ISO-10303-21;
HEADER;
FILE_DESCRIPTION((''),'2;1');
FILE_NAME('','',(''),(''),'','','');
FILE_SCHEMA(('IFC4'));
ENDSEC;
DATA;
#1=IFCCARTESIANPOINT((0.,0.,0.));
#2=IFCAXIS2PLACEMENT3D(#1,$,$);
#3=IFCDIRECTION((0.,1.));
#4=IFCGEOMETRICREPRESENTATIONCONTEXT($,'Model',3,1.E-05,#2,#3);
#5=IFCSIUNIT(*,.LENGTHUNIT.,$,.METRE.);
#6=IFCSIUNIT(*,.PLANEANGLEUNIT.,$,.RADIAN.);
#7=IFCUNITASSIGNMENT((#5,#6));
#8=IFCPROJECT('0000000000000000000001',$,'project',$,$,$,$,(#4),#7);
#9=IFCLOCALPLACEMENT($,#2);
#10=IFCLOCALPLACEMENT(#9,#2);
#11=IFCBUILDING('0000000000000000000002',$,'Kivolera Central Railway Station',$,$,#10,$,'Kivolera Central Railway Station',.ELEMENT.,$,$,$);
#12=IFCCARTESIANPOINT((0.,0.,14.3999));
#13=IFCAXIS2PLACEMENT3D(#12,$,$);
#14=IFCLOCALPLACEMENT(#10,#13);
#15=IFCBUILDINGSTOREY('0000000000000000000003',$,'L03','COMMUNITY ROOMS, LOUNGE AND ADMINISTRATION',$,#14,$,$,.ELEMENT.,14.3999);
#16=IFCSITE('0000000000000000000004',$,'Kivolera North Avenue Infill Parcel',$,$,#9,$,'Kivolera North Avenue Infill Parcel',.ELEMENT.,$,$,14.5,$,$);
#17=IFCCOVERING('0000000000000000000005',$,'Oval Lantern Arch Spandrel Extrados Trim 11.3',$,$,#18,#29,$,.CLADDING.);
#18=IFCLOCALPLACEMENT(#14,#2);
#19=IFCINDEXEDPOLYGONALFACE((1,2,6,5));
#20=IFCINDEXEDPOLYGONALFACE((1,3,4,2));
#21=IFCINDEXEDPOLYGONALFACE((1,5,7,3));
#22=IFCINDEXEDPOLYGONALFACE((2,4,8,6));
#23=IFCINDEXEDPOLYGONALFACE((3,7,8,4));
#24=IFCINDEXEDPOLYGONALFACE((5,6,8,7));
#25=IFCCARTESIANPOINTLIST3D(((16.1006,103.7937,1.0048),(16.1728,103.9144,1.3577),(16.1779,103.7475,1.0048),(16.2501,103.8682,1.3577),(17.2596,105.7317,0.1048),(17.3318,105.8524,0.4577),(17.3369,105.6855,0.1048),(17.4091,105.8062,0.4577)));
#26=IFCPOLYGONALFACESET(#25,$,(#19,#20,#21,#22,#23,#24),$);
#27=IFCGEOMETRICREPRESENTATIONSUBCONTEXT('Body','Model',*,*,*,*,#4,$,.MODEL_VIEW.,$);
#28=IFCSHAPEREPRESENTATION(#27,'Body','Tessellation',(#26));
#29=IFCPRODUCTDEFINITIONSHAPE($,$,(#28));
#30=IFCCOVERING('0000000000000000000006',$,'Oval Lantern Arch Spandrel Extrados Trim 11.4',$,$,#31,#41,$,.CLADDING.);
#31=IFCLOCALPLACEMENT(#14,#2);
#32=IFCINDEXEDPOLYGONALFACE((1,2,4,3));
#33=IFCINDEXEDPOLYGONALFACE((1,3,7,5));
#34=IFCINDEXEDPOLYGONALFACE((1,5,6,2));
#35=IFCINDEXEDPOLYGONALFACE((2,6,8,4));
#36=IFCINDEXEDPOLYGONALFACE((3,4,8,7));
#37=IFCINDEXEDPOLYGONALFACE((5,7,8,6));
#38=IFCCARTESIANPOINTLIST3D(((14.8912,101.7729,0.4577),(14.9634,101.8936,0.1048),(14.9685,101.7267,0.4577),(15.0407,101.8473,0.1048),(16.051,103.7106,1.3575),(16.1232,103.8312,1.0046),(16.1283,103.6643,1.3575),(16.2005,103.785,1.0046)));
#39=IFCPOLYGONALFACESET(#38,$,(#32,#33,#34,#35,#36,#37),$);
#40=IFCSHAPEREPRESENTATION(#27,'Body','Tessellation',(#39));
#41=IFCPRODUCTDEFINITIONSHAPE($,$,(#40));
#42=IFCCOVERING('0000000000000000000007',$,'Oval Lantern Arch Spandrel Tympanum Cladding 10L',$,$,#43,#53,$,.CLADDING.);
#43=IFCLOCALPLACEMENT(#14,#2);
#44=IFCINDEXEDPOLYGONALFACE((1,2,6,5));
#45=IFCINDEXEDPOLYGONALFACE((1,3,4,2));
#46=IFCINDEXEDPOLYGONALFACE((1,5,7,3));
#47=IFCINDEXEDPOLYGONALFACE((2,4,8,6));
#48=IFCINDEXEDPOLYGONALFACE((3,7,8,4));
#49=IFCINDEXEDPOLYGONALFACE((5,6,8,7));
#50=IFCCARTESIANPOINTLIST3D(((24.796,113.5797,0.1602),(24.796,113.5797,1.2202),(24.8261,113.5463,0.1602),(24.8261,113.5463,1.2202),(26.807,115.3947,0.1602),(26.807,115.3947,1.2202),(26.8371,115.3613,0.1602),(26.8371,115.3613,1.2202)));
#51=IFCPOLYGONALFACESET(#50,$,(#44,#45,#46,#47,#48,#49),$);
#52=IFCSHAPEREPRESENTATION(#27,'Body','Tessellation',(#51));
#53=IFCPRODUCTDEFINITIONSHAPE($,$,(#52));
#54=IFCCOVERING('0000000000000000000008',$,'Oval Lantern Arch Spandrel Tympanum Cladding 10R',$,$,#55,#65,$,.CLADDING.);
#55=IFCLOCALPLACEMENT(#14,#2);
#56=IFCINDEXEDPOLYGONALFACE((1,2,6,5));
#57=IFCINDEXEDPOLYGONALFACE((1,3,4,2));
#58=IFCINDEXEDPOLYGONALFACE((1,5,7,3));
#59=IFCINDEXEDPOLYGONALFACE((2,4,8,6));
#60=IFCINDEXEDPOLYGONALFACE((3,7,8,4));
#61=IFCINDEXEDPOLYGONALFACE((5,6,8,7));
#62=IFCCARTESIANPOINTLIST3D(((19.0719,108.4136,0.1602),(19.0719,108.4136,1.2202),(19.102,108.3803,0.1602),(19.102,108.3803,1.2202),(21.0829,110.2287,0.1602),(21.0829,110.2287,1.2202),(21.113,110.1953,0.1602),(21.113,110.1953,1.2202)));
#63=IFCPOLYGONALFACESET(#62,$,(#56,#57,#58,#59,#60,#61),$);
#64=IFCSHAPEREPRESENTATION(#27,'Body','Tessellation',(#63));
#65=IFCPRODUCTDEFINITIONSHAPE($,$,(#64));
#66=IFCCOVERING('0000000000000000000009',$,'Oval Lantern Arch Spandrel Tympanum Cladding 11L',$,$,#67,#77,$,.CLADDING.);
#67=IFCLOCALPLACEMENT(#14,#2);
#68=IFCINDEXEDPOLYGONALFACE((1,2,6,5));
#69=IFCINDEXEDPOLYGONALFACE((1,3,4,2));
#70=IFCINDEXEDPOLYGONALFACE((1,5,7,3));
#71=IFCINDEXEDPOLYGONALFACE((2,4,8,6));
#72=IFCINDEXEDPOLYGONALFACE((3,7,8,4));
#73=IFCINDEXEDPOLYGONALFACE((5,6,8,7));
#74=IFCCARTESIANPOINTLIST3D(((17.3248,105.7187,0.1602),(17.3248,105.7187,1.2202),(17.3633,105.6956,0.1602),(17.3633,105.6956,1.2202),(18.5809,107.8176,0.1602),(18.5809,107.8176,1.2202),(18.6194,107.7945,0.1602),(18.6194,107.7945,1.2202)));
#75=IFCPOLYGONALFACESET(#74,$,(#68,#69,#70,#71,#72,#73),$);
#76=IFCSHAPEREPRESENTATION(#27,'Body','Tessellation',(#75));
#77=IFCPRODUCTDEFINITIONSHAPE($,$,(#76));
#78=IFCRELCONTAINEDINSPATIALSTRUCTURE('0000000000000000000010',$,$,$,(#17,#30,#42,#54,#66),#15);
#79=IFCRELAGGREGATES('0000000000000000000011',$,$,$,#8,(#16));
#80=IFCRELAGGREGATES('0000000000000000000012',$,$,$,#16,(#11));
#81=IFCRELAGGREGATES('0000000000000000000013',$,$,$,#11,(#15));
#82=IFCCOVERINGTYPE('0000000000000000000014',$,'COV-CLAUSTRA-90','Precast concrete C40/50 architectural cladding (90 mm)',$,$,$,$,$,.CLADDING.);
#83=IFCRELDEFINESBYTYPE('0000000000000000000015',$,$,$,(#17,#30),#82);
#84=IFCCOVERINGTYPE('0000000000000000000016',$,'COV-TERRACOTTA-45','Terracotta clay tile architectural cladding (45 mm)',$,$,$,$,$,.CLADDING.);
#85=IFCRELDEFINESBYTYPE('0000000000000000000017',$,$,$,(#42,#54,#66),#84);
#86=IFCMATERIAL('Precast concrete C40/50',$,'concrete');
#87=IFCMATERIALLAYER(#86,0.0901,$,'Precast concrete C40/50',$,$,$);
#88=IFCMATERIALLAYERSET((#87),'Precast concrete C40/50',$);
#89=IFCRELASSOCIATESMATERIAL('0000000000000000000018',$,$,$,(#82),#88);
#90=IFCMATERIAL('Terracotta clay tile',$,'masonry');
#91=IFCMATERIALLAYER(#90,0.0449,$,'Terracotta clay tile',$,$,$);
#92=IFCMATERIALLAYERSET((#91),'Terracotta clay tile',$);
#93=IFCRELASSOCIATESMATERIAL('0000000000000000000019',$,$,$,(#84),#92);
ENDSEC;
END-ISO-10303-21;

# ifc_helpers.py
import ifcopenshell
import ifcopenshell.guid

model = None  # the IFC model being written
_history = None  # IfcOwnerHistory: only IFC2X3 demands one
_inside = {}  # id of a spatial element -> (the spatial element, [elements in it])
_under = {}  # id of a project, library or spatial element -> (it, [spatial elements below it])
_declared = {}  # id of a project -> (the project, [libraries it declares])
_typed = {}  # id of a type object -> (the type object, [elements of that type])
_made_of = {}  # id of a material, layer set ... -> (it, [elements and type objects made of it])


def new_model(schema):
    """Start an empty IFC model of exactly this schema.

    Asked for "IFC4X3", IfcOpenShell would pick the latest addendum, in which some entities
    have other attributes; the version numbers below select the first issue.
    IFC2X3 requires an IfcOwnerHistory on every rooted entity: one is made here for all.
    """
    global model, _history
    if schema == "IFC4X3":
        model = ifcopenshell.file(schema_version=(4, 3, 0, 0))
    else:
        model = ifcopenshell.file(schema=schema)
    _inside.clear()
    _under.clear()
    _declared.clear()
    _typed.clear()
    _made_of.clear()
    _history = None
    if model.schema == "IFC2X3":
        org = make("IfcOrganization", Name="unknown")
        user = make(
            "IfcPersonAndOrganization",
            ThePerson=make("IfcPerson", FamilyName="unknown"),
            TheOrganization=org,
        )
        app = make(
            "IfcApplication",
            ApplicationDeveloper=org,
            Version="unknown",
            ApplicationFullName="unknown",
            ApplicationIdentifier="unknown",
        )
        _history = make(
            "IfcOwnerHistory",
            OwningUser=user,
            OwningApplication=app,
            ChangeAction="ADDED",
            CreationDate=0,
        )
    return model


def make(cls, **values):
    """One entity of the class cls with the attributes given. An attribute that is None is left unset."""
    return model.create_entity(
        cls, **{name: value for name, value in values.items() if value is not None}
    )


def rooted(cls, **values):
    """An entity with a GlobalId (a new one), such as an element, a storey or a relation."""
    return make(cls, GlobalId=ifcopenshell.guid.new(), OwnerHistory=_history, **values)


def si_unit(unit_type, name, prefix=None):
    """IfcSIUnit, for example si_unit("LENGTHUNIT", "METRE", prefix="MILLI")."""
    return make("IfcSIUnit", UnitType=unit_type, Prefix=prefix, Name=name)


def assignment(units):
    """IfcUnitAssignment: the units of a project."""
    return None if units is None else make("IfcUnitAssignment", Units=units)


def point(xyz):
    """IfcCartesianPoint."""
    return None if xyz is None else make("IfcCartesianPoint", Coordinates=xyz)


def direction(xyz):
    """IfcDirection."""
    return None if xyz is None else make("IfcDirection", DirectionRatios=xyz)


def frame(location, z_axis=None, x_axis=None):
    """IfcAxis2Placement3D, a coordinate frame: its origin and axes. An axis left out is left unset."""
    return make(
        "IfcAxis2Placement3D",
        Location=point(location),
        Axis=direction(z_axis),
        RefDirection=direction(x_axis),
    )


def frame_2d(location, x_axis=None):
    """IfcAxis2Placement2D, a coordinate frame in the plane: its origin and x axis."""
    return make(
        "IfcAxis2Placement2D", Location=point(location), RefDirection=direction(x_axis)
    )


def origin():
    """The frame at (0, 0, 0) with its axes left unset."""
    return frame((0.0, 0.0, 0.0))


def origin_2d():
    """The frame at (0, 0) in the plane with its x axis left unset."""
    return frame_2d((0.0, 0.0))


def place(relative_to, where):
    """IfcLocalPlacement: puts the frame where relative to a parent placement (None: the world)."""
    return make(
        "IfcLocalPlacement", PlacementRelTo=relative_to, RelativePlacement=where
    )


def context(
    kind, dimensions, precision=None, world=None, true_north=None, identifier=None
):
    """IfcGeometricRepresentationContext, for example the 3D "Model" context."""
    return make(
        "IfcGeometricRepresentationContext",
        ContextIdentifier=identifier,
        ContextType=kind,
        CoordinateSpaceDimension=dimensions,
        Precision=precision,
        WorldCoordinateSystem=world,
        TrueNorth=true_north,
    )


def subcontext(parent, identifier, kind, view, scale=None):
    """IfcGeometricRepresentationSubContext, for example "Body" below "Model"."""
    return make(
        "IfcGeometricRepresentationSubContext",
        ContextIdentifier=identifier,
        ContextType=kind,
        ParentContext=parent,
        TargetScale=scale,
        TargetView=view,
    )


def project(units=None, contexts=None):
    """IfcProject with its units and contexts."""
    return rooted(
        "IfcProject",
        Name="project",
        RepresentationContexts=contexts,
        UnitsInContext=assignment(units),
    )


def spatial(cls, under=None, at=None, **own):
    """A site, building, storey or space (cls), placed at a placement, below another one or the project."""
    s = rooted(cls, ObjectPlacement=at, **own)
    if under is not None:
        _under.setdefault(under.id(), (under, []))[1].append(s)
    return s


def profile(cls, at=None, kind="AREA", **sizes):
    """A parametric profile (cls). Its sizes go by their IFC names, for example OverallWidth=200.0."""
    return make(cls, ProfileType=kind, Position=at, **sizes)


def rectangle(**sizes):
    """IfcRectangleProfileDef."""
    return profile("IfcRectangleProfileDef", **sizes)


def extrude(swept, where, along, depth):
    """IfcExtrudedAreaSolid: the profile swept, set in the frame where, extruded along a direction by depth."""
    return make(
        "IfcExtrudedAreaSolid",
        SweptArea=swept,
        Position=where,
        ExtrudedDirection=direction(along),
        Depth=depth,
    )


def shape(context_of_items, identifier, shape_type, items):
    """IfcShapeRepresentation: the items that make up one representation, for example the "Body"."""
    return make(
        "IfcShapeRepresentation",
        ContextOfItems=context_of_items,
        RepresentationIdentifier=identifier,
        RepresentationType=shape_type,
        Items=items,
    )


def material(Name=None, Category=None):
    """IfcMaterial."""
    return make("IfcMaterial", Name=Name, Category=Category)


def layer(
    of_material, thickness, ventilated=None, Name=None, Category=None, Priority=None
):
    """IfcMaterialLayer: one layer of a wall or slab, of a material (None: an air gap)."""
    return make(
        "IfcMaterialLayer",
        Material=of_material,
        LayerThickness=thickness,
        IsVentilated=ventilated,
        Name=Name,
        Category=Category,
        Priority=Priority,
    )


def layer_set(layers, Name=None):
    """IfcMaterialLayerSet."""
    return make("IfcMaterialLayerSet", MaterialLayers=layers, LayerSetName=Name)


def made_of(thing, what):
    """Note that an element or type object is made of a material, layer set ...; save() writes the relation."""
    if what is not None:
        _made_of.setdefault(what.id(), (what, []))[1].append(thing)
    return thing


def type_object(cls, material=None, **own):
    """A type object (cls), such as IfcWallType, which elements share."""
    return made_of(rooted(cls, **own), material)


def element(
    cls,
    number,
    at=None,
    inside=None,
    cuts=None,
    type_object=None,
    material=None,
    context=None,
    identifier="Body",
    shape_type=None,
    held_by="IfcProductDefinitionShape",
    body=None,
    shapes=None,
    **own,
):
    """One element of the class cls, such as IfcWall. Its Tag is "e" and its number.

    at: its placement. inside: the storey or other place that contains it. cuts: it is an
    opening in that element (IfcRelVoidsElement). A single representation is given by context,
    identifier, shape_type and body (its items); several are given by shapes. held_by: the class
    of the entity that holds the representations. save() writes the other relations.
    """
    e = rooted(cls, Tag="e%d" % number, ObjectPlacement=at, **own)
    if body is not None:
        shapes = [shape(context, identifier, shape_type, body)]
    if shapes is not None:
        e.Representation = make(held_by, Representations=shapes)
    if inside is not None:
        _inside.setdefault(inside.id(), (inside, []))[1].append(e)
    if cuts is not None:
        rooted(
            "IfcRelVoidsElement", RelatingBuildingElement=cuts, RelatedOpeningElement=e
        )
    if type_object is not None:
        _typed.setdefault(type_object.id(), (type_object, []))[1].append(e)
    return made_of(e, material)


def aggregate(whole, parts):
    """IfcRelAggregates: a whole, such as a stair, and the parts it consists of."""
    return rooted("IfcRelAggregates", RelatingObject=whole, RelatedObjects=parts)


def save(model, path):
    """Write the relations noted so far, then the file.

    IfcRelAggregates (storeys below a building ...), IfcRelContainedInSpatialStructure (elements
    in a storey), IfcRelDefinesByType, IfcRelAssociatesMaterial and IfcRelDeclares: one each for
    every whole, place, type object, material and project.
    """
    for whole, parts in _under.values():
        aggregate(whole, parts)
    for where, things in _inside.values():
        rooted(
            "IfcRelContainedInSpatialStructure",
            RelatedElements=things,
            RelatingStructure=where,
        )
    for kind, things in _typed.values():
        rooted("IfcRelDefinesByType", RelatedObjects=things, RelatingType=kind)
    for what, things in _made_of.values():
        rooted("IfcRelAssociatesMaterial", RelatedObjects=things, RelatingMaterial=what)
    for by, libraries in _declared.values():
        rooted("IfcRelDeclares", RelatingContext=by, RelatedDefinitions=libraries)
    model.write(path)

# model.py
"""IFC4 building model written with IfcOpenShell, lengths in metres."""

from ifc_helpers import new_model, si_unit, direction, frame, frame_2d, origin, origin_2d, place, context, subcontext, project, spatial, rectangle, extrude, material, layer, layer_set, type_object, element, save


model = new_model("IFC4")

# Units and contexts
model_context = context("Model", 3, precision=1e-05, world=origin(), true_north=direction((0.0, 1.0)))
body_context = subcontext(model_context, "Body", "Model", "MODEL_VIEW")
ifc_project = project(units=[si_unit("LENGTHUNIT", "METRE"), si_unit("PLANEANGLEUNIT", "RADIAN")], contexts=[model_context])

# Site, building, storey
site_placement = place(None, origin())
site = spatial("IfcSite", under=ifc_project, at=site_placement, Name="Kivolera North Avenue Infill Parcel", LongName="Kivolera North Avenue Infill Parcel", CompositionType="ELEMENT", RefElevation=14.5)
building_placement = place(site_placement, origin())
building = spatial("IfcBuilding", under=site, at=building_placement, Name="Kivolera Central Railway Station", LongName="Kivolera Central Railway Station", CompositionType="ELEMENT")
storey_placement = place(building_placement, frame((0.0, 0.0, 14.3999)))
storey = spatial("IfcBuildingStorey", under=building, at=storey_placement, Name="L03", Description="COMMUNITY ROOMS, LOUNGE AND ADMINISTRATION", CompositionType="ELEMENT", Elevation=14.3999)

# Shared definitions
ifc_material_1 = material(Name="Precast concrete C40/50", Category="concrete")

# Coverings
ifc_layer_1 = layer(ifc_material_1, 0.0901, Name="Precast concrete C40/50")
ifc_layer_set_1 = layer_set([ifc_layer_1], Name="Precast concrete C40/50")
covering_type_1 = type_object("IfcCoveringType", Name="COV-CLAUSTRA-90", Description="Precast concrete C40/50 architectural cladding (90 mm)", PredefinedType="CLADDING", material=ifc_layer_set_1)
for number, where, z_axis, x_axis, name in (
    (1, (16.7549, 104.8, 0.7312), (-0.476784, -0.797246, 0.370238), (-0.858138, 0.51342, 0.0), "Oval Lantern Arch Spandrel Extrados Trim 11.3"),
    (2, (15.5459, 102.7791, 0.7312), (-0.477102, -0.797089, -0.370165), (-0.858138, 0.51342, 0.0), "Oval Lantern Arch Spandrel Extrados Trim 11.4"),
):
    element("IfcCovering", number, at=place(storey_placement, frame(where, z_axis=z_axis, x_axis=x_axis)), inside=storey, type_object=covering_type_1, Name=name, PredefinedType="CLADDING", context=body_context, shape_type="SweptSolid", body=[
        extrude(rectangle(XDim=0.0901, YDim=0.3799, at=origin_2d()), frame((0.0, 0.0, -1.2153)), (0.0, 0.0, 1.0), 2.4309),
    ])
ifc_material_2 = material(Name="Terracotta clay tile", Category="masonry")
ifc_layer_2 = layer(ifc_material_2, 0.0449, Name="Terracotta clay tile")
ifc_layer_set_2 = layer_set([ifc_layer_2], Name="Terracotta clay tile")
covering_type_2 = type_object("IfcCoveringType", Name="COV-TERRACOTTA-45", Description="Terracotta clay tile architectural cladding (45 mm)", PredefinedType="CLADDING", material=ifc_layer_set_2)
for number, where, z_axis, x_axis, name in (
    (3, (24.811, 113.563, 0.1602), (0.0, 0.0, 1.0), (0.742366, 0.669995, 0.0), "Oval Lantern Arch Spandrel Tympanum Cladding 10L"),
    (4, (19.0869, 108.397, 0.1602), (0.0, 0.0, 1.0), (0.742366, 0.669995, 0.0), "Oval Lantern Arch Spandrel Tympanum Cladding 10R"),
):
    element("IfcCovering", number, at=place(storey_placement, frame(where, z_axis=z_axis, x_axis=x_axis)), inside=storey, type_object=covering_type_2, Name=name, PredefinedType="CLADDING", context=body_context, shape_type="SweptSolid", body=[
        extrude(rectangle(XDim=2.709, YDim=0.0449, at=frame_2d((1.3545, 0.0))), origin(), (0.0, 0.0, 1.0), 1.0601),
    ])
covering_placement = place(storey_placement, frame((17.344, 105.707, 0.1602), z_axis=(0.0, 0.0, 1.0), x_axis=(0.513527, 0.858074, 0.0)))
element("IfcCovering", 5, at=covering_placement, inside=storey, type_object=covering_type_2, Name="Oval Lantern Arch Spandrel Tympanum Cladding 11L", PredefinedType="CLADDING", context=body_context, shape_type="SweptSolid", body=[
    extrude(rectangle(XDim=2.446, YDim=0.0449, at=frame_2d((1.2231, 0.0))), origin(), (0.0, 0.0, 1.0), 1.0601),
])

save(model, "model.ifc")
